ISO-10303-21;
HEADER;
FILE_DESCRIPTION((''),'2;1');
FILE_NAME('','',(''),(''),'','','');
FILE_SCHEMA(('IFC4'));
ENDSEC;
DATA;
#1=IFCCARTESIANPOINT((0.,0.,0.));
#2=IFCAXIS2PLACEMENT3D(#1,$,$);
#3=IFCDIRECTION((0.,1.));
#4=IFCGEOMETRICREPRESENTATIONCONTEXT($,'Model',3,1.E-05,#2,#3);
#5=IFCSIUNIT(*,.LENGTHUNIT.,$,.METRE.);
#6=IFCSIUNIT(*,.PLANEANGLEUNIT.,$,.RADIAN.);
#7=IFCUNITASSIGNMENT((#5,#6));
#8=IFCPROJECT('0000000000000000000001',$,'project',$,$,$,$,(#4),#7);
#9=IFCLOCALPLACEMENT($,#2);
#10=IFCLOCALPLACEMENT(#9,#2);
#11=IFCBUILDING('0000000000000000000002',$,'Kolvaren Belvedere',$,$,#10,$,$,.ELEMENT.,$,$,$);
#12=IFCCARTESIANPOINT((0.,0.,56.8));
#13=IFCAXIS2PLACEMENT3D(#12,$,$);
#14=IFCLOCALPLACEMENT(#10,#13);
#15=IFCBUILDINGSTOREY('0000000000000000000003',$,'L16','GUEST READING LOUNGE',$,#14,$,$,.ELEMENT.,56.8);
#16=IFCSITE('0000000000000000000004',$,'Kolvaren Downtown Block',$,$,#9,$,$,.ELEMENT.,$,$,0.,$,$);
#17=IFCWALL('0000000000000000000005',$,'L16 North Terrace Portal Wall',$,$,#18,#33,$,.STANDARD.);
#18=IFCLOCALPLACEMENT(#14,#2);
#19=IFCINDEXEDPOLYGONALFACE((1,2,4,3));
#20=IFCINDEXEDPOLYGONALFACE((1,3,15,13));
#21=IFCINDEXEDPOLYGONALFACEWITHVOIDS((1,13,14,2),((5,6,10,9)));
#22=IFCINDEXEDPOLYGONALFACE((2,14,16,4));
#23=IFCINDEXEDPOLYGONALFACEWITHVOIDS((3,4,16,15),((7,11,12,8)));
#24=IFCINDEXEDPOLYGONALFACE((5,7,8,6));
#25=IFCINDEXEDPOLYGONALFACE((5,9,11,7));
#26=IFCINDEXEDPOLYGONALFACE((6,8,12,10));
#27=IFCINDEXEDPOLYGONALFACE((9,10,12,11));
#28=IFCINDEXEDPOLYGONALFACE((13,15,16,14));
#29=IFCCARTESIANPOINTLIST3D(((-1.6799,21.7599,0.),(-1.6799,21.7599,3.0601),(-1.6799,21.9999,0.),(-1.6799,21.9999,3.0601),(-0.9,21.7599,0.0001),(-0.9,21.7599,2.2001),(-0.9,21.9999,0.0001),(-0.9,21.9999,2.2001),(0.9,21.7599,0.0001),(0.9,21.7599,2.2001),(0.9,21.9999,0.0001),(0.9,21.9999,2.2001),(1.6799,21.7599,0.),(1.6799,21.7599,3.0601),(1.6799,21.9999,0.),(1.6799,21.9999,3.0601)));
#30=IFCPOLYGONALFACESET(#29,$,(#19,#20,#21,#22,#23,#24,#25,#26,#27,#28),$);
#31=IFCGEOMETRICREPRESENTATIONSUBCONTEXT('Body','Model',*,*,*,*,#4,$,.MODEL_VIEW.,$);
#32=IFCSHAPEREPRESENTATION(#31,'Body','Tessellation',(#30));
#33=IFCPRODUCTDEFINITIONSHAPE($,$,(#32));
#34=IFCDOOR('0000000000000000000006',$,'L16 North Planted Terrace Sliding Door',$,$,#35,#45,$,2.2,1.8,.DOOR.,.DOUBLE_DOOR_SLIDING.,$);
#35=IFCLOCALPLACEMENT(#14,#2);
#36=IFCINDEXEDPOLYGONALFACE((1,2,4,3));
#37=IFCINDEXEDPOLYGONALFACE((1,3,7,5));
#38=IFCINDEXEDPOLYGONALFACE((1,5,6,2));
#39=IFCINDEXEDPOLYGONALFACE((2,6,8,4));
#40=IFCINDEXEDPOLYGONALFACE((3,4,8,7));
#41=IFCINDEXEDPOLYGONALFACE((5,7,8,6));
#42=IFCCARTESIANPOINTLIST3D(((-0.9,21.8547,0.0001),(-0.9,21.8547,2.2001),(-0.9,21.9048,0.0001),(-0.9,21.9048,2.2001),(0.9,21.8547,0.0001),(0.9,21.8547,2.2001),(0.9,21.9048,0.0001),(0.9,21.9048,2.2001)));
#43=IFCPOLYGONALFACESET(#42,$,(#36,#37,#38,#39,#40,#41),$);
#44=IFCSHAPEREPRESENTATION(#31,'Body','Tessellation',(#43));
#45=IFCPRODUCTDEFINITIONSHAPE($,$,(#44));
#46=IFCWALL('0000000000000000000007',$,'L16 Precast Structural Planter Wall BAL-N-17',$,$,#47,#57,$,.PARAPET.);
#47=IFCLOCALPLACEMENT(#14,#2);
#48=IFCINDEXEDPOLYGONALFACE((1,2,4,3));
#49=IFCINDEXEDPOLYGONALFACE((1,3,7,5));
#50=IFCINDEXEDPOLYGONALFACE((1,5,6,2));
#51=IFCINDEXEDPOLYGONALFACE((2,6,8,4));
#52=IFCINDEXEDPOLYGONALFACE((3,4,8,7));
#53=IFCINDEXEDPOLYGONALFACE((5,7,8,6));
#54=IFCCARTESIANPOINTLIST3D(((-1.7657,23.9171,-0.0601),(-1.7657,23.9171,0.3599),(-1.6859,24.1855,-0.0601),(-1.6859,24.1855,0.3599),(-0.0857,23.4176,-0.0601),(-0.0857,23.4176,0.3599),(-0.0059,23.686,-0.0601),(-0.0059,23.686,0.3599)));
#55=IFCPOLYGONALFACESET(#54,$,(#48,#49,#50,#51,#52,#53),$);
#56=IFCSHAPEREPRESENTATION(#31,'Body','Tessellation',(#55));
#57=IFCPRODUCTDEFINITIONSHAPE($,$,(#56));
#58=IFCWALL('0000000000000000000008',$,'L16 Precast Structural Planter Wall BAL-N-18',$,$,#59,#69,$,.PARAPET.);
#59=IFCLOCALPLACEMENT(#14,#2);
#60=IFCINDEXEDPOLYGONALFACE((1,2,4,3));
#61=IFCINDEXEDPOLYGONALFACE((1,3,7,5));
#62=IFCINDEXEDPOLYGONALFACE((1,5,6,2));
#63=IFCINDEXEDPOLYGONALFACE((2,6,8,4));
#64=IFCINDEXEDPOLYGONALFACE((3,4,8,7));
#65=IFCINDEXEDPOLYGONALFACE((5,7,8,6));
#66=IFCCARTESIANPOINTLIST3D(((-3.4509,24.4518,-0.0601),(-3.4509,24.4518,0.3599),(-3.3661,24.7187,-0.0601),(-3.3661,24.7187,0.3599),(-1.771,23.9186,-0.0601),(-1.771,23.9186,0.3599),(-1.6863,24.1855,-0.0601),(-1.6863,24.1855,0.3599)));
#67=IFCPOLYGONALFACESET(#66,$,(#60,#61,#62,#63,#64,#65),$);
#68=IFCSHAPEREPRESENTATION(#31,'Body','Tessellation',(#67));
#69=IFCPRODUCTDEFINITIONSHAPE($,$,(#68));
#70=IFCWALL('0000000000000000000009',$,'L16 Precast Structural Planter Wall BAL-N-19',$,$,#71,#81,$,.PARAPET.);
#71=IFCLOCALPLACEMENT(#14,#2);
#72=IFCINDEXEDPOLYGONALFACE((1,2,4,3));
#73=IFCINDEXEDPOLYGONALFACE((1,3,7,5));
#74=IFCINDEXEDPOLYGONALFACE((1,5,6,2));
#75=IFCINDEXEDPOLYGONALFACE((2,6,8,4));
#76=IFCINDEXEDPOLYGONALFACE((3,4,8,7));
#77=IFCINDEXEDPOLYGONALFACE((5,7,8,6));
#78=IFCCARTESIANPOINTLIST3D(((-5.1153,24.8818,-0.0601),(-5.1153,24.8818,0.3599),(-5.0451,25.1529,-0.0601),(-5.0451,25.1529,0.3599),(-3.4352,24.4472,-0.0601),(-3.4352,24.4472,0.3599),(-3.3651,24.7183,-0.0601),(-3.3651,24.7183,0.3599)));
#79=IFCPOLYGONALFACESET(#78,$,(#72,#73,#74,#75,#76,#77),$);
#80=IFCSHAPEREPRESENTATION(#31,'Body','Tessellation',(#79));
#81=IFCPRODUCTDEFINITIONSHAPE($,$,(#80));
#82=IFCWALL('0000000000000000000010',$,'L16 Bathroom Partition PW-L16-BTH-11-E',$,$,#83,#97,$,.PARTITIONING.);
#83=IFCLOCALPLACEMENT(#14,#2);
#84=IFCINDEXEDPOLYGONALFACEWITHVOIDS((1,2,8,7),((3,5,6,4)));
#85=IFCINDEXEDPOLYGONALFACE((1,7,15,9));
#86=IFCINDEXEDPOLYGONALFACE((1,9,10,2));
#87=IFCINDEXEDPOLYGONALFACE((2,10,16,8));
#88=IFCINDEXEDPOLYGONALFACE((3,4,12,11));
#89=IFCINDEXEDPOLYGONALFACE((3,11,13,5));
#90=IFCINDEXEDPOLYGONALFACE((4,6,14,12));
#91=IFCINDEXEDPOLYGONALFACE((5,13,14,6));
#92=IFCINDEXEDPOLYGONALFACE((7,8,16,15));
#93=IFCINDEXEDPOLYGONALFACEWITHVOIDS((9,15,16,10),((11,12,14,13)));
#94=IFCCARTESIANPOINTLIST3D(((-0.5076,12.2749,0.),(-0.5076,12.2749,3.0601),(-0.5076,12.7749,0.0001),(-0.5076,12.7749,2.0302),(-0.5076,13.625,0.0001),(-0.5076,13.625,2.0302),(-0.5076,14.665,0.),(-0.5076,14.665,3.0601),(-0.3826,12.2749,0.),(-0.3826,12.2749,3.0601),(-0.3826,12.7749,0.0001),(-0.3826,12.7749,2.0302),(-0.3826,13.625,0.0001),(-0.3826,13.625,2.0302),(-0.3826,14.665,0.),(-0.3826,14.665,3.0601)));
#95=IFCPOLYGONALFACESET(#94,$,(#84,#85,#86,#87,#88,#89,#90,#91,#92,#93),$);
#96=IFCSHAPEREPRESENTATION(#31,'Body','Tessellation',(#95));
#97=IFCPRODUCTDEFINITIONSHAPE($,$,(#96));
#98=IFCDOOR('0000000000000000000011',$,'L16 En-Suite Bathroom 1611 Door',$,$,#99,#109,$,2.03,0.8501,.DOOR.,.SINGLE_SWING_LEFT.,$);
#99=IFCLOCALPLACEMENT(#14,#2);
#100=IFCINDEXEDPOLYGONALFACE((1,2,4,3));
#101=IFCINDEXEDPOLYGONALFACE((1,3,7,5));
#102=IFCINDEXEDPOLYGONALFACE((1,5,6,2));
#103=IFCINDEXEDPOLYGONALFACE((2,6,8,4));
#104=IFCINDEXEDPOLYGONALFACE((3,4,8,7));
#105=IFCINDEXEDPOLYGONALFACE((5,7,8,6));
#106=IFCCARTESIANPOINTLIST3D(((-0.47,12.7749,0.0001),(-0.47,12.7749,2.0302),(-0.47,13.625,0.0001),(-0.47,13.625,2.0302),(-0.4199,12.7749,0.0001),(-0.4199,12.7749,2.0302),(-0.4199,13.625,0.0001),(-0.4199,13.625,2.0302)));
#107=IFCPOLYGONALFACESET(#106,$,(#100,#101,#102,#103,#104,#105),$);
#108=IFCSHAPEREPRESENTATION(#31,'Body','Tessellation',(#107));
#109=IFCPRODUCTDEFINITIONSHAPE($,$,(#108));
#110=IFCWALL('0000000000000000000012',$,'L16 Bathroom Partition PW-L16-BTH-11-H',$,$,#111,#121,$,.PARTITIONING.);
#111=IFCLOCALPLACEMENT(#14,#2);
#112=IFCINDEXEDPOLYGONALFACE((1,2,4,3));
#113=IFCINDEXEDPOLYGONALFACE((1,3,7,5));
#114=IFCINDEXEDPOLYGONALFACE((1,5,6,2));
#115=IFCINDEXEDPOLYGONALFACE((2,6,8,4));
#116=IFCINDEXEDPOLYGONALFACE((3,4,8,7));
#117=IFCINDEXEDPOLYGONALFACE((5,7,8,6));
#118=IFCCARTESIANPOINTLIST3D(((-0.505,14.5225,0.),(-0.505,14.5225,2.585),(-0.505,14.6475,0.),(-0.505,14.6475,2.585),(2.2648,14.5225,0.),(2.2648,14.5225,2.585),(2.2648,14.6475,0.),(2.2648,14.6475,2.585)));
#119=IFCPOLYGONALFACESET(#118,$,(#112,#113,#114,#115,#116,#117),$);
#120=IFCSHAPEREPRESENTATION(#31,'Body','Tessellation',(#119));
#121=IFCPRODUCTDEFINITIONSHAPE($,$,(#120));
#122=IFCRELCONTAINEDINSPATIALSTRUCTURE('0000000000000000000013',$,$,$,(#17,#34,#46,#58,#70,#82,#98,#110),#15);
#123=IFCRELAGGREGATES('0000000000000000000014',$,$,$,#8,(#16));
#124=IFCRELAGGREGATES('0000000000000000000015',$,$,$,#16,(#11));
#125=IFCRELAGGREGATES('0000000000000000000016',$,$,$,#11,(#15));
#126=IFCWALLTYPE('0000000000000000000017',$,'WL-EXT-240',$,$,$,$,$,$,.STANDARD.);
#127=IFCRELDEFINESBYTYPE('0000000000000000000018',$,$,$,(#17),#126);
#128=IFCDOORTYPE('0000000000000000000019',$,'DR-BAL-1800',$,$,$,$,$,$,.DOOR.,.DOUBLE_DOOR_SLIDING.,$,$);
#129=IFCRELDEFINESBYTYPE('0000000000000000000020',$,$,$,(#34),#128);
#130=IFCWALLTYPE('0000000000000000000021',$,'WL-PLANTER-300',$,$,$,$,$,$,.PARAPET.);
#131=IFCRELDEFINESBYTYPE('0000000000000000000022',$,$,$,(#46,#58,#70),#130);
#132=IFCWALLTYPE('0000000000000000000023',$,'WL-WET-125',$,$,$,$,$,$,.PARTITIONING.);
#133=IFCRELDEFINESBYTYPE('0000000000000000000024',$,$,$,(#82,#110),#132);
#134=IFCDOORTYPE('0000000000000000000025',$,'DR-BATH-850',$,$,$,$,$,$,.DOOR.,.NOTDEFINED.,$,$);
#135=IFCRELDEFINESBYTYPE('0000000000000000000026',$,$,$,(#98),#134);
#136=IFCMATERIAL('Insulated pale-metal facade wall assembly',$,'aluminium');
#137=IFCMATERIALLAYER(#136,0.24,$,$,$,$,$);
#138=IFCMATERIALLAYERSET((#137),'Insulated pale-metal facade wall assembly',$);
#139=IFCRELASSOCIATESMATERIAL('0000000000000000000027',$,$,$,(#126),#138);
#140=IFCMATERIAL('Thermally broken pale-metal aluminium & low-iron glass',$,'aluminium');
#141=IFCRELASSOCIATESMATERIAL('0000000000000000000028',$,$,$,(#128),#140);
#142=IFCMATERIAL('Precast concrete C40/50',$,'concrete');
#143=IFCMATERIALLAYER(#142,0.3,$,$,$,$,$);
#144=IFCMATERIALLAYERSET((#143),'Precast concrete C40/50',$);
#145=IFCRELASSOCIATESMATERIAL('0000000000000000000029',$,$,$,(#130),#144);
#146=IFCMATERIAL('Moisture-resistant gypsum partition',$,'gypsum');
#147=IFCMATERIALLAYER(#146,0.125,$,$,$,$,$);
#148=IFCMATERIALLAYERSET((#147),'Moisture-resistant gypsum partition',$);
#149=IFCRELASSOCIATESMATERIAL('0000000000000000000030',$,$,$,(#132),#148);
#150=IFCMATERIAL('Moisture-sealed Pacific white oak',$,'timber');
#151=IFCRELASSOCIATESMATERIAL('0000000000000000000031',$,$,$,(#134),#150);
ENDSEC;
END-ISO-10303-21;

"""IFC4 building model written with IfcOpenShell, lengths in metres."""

from ifc_helpers import new_model, si_unit, direction, frame, frame_2d, origin, place, context, subcontext, project, spatial, rectangle, extrude, material, layer, layer_set, type_object, element, fill, save


model = new_model("IFC4")

# Units and contexts
model_context = context("Model", 3, precision=1e-05, world=origin(), true_north=direction((0.0, 1.0)))
body_context = subcontext(model_context, "Body", "Model", "MODEL_VIEW")
ifc_project = project(units=[si_unit("LENGTHUNIT", "METRE"), si_unit("PLANEANGLEUNIT", "RADIAN")], contexts=[model_context])

# Site, building, storey
site_placement = place(None, origin())
site = spatial("IfcSite", under=ifc_project, at=site_placement, Name="Kolvaren Downtown Block", CompositionType="ELEMENT", RefElevation=0.0)
building_placement = place(site_placement, origin())
building = spatial("IfcBuilding", under=site, at=building_placement, Name="Kolvaren Belvedere", CompositionType="ELEMENT")
storey_placement = place(building_placement, frame((0.0, 0.0, 56.8)))
storey = spatial("IfcBuildingStorey", under=building, at=storey_placement, Name="L16", Description="GUEST READING LOUNGE", CompositionType="ELEMENT", Elevation=56.8)

# Wall, opening, door
ifc_material_1 = material(Name="Insulated pale-metal facade wall assembly", Category="aluminium")
ifc_layer_1 = layer(ifc_material_1, 0.24)
ifc_layer_set_1 = layer_set([ifc_layer_1], Name="Insulated pale-metal facade wall assembly")
wall_type_1 = type_object("IfcWallType", Name="WL-EXT-240", PredefinedType="STANDARD", material=ifc_layer_set_1)
wall_1_placement = place(storey_placement, frame((-1.6799, 21.8799, 0.0), z_axis=(0.0, 0.0, 1.0), x_axis=(1.0, 0.0, 0.0)))
wall_1 = element("IfcWall", 1, at=wall_1_placement, inside=storey, type_object=wall_type_1, Name="L16 North Terrace Portal Wall", PredefinedType="STANDARD", context=body_context, shape_type="SweptSolid", body=[
    extrude(rectangle(XDim=3.3599, YDim=0.24, at=frame_2d((1.6799, 0.0))), origin(), (0.0, 0.0, 1.0), 3.0601),
])
opening_1_placement = place(wall_1_placement, frame((0.78, 0.0, 0.0)))
opening_1 = element("IfcOpeningElement", 2, at=opening_1_placement, cuts=wall_1, PredefinedType="OPENING", context=body_context, shape_type="SweptSolid", body=[
    extrude(rectangle(XDim=1.8, YDim=2.2, at=frame_2d((0.8999, 1.1001))), frame((0.0, 0.1299, 0.0), z_axis=(0.0, -1.0, 0.0), x_axis=(1.0, 0.0, 0.0)), (0.0, 0.0, 1.0), 0.26),
])
ifc_material_2 = material(Name="Thermally broken pale-metal aluminium & low-iron glass", Category="aluminium")
door_type_1 = type_object("IfcDoorType", Name="DR-BAL-1800", OperationType="DOUBLE_DOOR_SLIDING", PredefinedType="DOOR", material=ifc_material_2)
door_1_placement = place(opening_1_placement, origin())
door_1 = element("IfcDoor", 3, at=door_1_placement, inside=storey, type_object=door_type_1, Name="L16 North Planted Terrace Sliding Door", OperationType="DOUBLE_DOOR_SLIDING", OverallHeight=2.2, OverallWidth=1.8, PredefinedType="DOOR", context=body_context, shape_type="SweptSolid", body=[
    extrude(rectangle(XDim=1.8, YDim=2.2, at=frame_2d((0.8999, 1.1001))), frame((0.0, 0.0249, 0.0), z_axis=(0.0, -1.0, 0.0), x_axis=(1.0, 0.0, 0.0)), (0.0, 0.0, 1.0), 0.05),
])
fill(opening_1, door_1)

# Walls
ifc_material_3 = material(Name="Precast concrete C40/50", Category="concrete")
ifc_layer_2 = layer(ifc_material_3, 0.3)
ifc_layer_set_2 = layer_set([ifc_layer_2], Name="Precast concrete C40/50")
wall_type_2 = type_object("IfcWallType", Name="WL-PLANTER-300", PredefinedType="PARAPET", material=ifc_layer_set_2)
wall_2_placement = place(storey_placement, frame((-0.0457, 23.5518, -0.0601), z_axis=(0.0, 0.0, 1.0), x_axis=(-0.958525, 0.285008, 0.0)))
element("IfcWall", 4, at=wall_2_placement, inside=storey, type_object=wall_type_2, Name="L16 Precast Structural Planter Wall BAL-N-17", PredefinedType="PARAPET", context=body_context, shape_type="SweptSolid", body=[
    extrude(rectangle(XDim=1.7527, YDim=0.28, at=frame_2d((0.8765, 0.0))), origin(), (0.0, 0.0, 1.0), 0.4199),
])
wall_3_placement = place(storey_placement, frame((-1.7285, 24.052, -0.0601), z_axis=(0.0, 0.0, 1.0), x_axis=(-0.953142, 0.302523, 0.0)))
element("IfcWall", 5, at=wall_3_placement, inside=storey, type_object=wall_type_2, Name="L16 Precast Structural Planter Wall BAL-N-18", PredefinedType="PARAPET", context=body_context, shape_type="SweptSolid", body=[
    extrude(rectangle(XDim=1.7625, YDim=0.28, at=frame_2d((0.8813, 0.0))), origin(), (0.0, 0.0, 1.0), 0.4199),
])
wall_4_placement = place(storey_placement, frame((-3.4001, 24.5828, -0.0601), z_axis=(0.0, 0.0, 1.0), x_axis=(-0.968132, 0.25044, 0.0)))
element("IfcWall", 6, at=wall_4_placement, inside=storey, type_object=wall_type_2, Name="L16 Precast Structural Planter Wall BAL-N-19", PredefinedType="PARAPET", context=body_context, shape_type="SweptSolid", body=[
    extrude(rectangle(XDim=1.7354, YDim=0.28, at=frame_2d((0.8677, 0.0))), origin(), (0.0, 0.0, 1.0), 0.4199),
])

# Wall, opening, door
ifc_material_4 = material(Name="Moisture-resistant gypsum partition", Category="gypsum")
ifc_layer_3 = layer(ifc_material_4, 0.125)
ifc_layer_set_3 = layer_set([ifc_layer_3], Name="Moisture-resistant gypsum partition")
wall_type_3 = type_object("IfcWallType", Name="WL-WET-125", PredefinedType="PARTITIONING", material=ifc_layer_set_3)
wall_5_placement = place(storey_placement, frame((-0.4451, 12.2749, 0.0), z_axis=(0.0, 0.0, 1.0), x_axis=(0.0, 1.0, 0.0)))
wall_5 = element("IfcWall", 7, at=wall_5_placement, inside=storey, type_object=wall_type_3, Name="L16 Bathroom Partition PW-L16-BTH-11-E", PredefinedType="PARTITIONING", context=body_context, shape_type="SweptSolid", body=[
    extrude(rectangle(XDim=2.3901, YDim=0.125, at=frame_2d((1.1951, 0.0))), origin(), (0.0, 0.0, 1.0), 3.0601),
])
opening_2_placement = place(wall_5_placement, frame((0.5, 0.0, 0.0)))
opening_2 = element("IfcOpeningElement", 8, at=opening_2_placement, cuts=wall_5, PredefinedType="OPENING", context=body_context, shape_type="SweptSolid", body=[
    extrude(rectangle(XDim=0.8501, YDim=2.03, at=frame_2d((0.425, 1.0151))), frame((0.0, 0.0725, 0.0), z_axis=(0.0, -1.0, 0.0), x_axis=(1.0, 0.0, 0.0)), (0.0, 0.0, 1.0), 0.145),
])
ifc_material_5 = material(Name="Moisture-sealed Pacific white oak", Category="timber")
door_type_2 = type_object("IfcDoorType", Name="DR-BATH-850", OperationType="NOTDEFINED", PredefinedType="DOOR", material=ifc_material_5)
door_2_placement = place(opening_2_placement, origin())
door_2 = element("IfcDoor", 9, at=door_2_placement, inside=storey, type_object=door_type_2, Name="L16 En-Suite Bathroom 1611 Door", OperationType="SINGLE_SWING_LEFT", OverallHeight=2.03, OverallWidth=0.8501, PredefinedType="DOOR", context=body_context, shape_type="SweptSolid", body=[
    extrude(rectangle(XDim=0.8501, YDim=2.03, at=frame_2d((0.425, 1.0151))), frame((0.0, 0.0249, 0.0), z_axis=(0.0, -1.0, 0.0), x_axis=(1.0, 0.0, 0.0)), (0.0, 0.0, 1.0), 0.05),
])
fill(opening_2, door_2)

# Wall
wall_6_placement = place(storey_placement, frame((-0.5049, 14.585, 0.0), z_axis=(0.0, 0.0, 1.0), x_axis=(1.0, 0.0, 0.0)))
element("IfcWall", 10, at=wall_6_placement, inside=storey, type_object=wall_type_3, Name="L16 Bathroom Partition PW-L16-BTH-11-H", PredefinedType="PARTITIONING", context=body_context, shape_type="SweptSolid", body=[
    extrude(rectangle(XDim=2.7698, YDim=0.125, at=frame_2d((1.3848, 0.0))), origin(), (0.0, 0.0, 1.0), 2.585),
])

save(model, "model.ifc")
